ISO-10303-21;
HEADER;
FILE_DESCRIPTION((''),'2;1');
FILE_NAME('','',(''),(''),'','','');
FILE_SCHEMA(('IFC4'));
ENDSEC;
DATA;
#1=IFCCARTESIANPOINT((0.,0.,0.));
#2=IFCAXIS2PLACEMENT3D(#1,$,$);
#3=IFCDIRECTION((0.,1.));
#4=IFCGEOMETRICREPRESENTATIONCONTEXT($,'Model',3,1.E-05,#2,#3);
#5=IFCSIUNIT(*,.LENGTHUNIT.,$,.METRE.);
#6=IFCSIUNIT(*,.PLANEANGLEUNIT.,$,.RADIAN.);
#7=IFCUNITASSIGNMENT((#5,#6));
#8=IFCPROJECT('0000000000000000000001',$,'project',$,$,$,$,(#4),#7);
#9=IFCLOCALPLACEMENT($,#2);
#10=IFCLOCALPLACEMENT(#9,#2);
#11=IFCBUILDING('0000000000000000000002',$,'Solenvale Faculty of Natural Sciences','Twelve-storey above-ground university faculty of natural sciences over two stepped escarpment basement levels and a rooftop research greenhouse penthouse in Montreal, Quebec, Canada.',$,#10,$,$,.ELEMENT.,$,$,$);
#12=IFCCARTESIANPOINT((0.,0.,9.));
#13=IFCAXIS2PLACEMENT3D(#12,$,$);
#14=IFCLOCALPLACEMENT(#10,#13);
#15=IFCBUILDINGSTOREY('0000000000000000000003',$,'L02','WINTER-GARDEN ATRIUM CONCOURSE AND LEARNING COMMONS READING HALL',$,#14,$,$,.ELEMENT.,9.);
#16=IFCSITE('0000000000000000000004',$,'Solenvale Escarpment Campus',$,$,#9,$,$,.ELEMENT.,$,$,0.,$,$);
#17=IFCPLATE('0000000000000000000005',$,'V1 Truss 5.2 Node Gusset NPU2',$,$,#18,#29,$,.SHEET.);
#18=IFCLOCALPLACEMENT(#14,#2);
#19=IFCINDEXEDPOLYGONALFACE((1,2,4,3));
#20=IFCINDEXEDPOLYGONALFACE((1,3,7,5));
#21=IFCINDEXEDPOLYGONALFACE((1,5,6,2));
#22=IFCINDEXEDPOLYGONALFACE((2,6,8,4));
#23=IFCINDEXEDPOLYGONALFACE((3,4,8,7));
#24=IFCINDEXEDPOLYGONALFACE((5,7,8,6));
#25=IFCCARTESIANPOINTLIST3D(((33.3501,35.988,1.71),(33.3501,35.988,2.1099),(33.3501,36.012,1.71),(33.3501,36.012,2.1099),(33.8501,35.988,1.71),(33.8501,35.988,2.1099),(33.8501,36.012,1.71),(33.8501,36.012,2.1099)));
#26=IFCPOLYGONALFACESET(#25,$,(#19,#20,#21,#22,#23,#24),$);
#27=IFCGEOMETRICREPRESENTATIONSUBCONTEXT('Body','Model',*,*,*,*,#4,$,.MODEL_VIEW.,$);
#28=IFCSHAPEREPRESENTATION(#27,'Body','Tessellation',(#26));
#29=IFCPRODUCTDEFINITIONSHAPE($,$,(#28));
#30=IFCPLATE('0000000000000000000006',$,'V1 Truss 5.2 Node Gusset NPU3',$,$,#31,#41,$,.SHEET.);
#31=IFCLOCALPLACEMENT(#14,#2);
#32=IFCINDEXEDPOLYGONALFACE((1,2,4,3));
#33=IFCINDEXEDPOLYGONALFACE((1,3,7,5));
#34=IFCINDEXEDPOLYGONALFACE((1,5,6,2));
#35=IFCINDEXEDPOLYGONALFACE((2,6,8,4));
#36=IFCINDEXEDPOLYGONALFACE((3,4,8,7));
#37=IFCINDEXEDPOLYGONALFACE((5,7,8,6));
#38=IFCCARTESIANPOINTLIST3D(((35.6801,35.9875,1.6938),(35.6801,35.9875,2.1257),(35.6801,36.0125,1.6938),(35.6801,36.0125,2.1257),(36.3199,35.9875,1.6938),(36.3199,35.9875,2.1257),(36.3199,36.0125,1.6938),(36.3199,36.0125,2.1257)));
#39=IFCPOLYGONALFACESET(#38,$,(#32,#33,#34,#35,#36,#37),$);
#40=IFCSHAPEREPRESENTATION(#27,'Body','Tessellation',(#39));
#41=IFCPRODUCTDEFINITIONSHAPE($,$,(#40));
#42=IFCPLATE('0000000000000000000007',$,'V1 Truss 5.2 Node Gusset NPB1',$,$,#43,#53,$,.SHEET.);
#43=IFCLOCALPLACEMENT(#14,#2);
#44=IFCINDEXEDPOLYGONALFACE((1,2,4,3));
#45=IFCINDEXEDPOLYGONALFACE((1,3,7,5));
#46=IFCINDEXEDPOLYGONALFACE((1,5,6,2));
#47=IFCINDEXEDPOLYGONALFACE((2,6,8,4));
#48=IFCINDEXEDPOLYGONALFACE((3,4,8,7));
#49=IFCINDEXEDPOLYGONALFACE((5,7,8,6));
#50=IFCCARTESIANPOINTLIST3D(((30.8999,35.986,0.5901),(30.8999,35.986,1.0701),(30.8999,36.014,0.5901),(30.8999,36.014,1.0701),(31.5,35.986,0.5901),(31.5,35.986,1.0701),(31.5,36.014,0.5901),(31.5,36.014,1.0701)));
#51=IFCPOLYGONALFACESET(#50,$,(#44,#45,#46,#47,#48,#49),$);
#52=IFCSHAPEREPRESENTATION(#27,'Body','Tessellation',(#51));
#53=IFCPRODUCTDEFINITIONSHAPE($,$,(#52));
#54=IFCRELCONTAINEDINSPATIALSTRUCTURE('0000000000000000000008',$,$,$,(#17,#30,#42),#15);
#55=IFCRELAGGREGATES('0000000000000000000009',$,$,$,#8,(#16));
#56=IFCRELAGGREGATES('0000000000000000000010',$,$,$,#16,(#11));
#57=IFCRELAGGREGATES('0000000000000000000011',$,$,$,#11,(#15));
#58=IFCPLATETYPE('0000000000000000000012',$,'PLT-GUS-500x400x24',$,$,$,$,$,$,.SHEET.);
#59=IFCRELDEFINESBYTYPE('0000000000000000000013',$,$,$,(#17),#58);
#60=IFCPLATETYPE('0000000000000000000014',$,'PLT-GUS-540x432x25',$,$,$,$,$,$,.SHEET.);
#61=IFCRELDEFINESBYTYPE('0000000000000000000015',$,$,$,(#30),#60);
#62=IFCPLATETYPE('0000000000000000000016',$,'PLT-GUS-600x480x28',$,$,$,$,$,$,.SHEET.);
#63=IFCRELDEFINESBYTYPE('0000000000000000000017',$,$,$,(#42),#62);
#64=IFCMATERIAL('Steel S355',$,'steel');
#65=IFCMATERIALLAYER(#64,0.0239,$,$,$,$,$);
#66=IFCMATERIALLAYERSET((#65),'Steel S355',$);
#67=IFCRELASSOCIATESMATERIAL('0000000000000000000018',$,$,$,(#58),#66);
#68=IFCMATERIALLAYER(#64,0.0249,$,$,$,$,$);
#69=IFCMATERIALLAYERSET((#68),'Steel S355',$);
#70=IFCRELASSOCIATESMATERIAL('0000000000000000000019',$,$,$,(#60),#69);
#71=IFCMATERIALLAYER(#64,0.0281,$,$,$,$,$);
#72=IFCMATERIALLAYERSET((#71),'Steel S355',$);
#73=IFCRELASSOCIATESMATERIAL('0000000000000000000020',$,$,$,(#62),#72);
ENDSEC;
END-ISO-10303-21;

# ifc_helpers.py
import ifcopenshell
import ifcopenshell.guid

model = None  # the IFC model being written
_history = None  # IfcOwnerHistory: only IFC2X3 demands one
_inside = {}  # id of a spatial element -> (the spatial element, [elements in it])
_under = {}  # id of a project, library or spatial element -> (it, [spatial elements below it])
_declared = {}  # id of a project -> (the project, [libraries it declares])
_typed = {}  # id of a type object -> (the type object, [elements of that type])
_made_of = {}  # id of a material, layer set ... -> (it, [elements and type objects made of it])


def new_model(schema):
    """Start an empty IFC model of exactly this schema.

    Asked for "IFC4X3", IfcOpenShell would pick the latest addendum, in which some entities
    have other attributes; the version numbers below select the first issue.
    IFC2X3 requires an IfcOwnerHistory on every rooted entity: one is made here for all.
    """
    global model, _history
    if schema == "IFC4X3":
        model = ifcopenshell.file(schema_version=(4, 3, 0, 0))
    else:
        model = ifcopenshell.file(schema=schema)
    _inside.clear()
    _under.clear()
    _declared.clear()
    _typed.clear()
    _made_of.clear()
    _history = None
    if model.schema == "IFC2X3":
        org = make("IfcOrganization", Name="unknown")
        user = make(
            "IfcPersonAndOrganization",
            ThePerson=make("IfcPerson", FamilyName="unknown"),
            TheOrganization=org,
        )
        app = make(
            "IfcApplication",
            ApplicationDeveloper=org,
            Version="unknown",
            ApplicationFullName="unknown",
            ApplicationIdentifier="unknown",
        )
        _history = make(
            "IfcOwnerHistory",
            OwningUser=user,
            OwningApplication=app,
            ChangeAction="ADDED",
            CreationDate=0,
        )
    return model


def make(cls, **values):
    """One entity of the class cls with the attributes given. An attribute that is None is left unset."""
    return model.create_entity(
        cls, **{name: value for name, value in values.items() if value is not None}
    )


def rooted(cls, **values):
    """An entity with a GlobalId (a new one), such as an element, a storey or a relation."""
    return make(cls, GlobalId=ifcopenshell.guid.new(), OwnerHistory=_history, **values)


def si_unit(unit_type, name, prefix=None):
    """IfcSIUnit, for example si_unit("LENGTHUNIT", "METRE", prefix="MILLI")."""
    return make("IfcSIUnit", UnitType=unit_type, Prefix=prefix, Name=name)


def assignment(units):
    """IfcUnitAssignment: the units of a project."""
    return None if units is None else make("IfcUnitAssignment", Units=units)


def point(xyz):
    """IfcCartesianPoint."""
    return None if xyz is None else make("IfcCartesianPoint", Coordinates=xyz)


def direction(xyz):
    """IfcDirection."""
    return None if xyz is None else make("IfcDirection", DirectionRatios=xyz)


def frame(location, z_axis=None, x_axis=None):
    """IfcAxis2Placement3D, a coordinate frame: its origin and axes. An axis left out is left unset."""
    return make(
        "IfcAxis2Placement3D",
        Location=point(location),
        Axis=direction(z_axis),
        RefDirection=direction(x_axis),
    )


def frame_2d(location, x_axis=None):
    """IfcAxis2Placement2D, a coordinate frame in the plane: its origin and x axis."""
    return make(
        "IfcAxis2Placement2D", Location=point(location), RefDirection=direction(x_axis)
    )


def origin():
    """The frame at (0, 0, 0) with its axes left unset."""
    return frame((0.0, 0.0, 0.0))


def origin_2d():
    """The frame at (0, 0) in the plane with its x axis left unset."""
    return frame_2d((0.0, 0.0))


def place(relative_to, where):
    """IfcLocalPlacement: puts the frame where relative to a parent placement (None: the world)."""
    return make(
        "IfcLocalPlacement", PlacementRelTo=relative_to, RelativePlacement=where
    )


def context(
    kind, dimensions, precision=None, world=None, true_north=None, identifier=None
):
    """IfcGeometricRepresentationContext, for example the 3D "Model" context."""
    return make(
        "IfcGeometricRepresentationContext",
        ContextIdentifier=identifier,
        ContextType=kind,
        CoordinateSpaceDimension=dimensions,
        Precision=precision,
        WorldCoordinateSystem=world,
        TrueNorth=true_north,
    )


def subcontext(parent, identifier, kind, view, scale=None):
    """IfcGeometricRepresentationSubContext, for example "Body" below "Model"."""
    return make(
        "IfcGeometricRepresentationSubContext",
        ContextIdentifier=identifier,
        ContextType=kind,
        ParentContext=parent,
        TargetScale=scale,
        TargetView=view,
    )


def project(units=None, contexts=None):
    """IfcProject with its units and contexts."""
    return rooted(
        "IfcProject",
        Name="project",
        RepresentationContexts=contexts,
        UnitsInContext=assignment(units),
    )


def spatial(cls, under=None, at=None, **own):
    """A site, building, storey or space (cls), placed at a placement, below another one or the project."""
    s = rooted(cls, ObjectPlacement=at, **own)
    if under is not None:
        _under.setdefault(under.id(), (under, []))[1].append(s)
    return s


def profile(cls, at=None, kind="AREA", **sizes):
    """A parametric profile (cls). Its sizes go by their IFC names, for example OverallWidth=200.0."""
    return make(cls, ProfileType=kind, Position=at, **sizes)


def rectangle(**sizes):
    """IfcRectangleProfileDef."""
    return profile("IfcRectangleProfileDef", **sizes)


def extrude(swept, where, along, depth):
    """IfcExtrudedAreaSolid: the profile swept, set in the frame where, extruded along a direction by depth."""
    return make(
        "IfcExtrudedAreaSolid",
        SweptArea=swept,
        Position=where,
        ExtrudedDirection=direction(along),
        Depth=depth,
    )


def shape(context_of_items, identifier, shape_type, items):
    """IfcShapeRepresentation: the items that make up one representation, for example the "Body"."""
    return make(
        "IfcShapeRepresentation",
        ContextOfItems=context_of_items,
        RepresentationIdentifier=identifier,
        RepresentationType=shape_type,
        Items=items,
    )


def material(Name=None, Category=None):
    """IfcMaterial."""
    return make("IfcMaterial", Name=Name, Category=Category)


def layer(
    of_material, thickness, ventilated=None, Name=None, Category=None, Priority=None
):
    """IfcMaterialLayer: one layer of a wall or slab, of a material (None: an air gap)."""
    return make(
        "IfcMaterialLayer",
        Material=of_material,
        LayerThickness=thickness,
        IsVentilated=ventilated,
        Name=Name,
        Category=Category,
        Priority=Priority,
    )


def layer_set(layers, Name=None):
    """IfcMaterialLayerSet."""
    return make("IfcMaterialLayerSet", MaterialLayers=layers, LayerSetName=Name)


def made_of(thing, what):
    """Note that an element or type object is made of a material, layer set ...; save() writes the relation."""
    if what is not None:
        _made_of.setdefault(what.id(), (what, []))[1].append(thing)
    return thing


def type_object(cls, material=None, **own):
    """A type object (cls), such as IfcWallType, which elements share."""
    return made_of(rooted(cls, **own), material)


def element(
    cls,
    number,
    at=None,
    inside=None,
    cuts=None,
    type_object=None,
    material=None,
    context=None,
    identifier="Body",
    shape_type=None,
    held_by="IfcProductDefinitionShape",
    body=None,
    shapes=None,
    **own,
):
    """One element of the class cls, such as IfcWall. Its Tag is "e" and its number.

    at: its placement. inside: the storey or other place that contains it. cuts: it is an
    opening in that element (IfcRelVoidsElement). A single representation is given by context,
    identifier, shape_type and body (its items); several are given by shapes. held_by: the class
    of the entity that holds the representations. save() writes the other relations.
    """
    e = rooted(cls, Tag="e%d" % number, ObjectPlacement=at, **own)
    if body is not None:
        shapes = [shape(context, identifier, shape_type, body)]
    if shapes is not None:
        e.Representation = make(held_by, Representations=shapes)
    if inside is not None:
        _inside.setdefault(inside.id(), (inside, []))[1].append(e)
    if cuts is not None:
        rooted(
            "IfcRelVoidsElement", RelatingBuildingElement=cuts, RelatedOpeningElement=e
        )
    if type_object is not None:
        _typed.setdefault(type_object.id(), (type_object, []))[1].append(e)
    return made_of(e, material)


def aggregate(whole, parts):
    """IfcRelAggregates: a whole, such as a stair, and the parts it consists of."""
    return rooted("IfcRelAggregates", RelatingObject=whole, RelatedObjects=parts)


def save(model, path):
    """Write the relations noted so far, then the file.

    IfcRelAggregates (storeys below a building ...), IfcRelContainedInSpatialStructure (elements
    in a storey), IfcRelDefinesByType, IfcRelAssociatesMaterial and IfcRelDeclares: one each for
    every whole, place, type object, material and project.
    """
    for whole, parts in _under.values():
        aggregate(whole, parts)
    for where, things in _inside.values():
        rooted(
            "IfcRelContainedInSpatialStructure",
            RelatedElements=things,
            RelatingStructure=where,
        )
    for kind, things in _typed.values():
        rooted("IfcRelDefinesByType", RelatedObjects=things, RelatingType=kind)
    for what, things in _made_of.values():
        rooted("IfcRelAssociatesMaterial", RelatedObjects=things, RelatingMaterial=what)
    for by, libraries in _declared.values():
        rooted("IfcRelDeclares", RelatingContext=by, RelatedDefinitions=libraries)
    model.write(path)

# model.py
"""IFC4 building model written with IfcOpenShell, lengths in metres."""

from ifc_helpers import new_model, si_unit, direction, frame, origin, origin_2d, place, context, subcontext, project, spatial, rectangle, extrude, material, layer, layer_set, type_object, element, save


model = new_model("IFC4")

# Units and contexts
model_context = context("Model", 3, precision=1e-05, world=origin(), true_north=direction((0.0, 1.0)))
body_context = subcontext(model_context, "Body", "Model", "MODEL_VIEW")
ifc_project = project(units=[si_unit("LENGTHUNIT", "METRE"), si_unit("PLANEANGLEUNIT", "RADIAN")], contexts=[model_context])

# Site, building, storey
site_placement = place(None, origin())
site = spatial("IfcSite", under=ifc_project, at=site_placement, Name="Solenvale Escarpment Campus", CompositionType="ELEMENT", RefElevation=0.0)
building_placement = place(site_placement, origin())
building = spatial("IfcBuilding", under=site, at=building_placement, Name="Solenvale Faculty of Natural Sciences", Description="Twelve-storey above-ground university faculty of natural sciences over two stepped escarpment basement levels and a rooftop research greenhouse penthouse in Montreal, Quebec, Canada.", CompositionType="ELEMENT")
storey_placement = place(building_placement, frame((0.0, 0.0, 9.0)))
storey = spatial("IfcBuildingStorey", under=building, at=storey_placement, Name="L02", Description="WINTER-GARDEN ATRIUM CONCOURSE AND LEARNING COMMONS READING HALL", CompositionType="ELEMENT", Elevation=9.0)

# Shared definitions
ifc_material_1 = material(Name="Steel S355", Category="steel")

# Plates
ifc_layer_1 = layer(ifc_material_1, 0.0239)
ifc_layer_set_1 = layer_set([ifc_layer_1], Name="Steel S355")
plate_type_1 = type_object("IfcPlateType", Name="PLT-GUS-500x400x24", PredefinedType="SHEET", material=ifc_layer_set_1)
plate_1_placement = place(storey_placement, frame((33.6001, 36.0, 1.71), z_axis=(0.0, 0.0, 1.0), x_axis=(1.0, 0.0, 0.0)))
element("IfcPlate", 1, at=plate_1_placement, inside=storey, type_object=plate_type_1, Name="V1 Truss 5.2 Node Gusset NPU2", PredefinedType="SHEET", context=body_context, shape_type="SweptSolid", body=[
    extrude(rectangle(XDim=0.5, YDim=0.0239, at=origin_2d()), origin(), (0.0, 0.0, 1.0), 0.3999),
])
ifc_layer_2 = layer(ifc_material_1, 0.0249)
ifc_layer_set_2 = layer_set([ifc_layer_2], Name="Steel S355")
plate_type_2 = type_object("IfcPlateType", Name="PLT-GUS-540x432x25", PredefinedType="SHEET", material=ifc_layer_set_2)
plate_2_placement = place(storey_placement, frame((36.0, 36.0, 1.6938), z_axis=(0.0, 0.0, 1.0), x_axis=(1.0, 0.0, 0.0)))
element("IfcPlate", 2, at=plate_2_placement, inside=storey, type_object=plate_type_2, Name="V1 Truss 5.2 Node Gusset NPU3", PredefinedType="SHEET", context=body_context, shape_type="SweptSolid", body=[
    extrude(rectangle(XDim=0.6399, YDim=0.0249, at=origin_2d()), origin(), (0.0, 0.0, 1.0), 0.4319),
])
ifc_layer_3 = layer(ifc_material_1, 0.0281)
ifc_layer_set_3 = layer_set([ifc_layer_3], Name="Steel S355")
plate_type_3 = type_object("IfcPlateType", Name="PLT-GUS-600x480x28", PredefinedType="SHEET", material=ifc_layer_set_3)
plate_3_placement = place(storey_placement, frame((31.2, 36.0, 0.5901), z_axis=(0.0, 0.0, 1.0), x_axis=(1.0, 0.0, 0.0)))
element("IfcPlate", 3, at=plate_3_placement, inside=storey, type_object=plate_type_3, Name="V1 Truss 5.2 Node Gusset NPB1", PredefinedType="SHEET", context=body_context, shape_type="SweptSolid", body=[
    extrude(rectangle(XDim=0.6001, YDim=0.0281, at=origin_2d()), origin(), (0.0, 0.0, 1.0), 0.48),
])

save(model, "model.ifc")
